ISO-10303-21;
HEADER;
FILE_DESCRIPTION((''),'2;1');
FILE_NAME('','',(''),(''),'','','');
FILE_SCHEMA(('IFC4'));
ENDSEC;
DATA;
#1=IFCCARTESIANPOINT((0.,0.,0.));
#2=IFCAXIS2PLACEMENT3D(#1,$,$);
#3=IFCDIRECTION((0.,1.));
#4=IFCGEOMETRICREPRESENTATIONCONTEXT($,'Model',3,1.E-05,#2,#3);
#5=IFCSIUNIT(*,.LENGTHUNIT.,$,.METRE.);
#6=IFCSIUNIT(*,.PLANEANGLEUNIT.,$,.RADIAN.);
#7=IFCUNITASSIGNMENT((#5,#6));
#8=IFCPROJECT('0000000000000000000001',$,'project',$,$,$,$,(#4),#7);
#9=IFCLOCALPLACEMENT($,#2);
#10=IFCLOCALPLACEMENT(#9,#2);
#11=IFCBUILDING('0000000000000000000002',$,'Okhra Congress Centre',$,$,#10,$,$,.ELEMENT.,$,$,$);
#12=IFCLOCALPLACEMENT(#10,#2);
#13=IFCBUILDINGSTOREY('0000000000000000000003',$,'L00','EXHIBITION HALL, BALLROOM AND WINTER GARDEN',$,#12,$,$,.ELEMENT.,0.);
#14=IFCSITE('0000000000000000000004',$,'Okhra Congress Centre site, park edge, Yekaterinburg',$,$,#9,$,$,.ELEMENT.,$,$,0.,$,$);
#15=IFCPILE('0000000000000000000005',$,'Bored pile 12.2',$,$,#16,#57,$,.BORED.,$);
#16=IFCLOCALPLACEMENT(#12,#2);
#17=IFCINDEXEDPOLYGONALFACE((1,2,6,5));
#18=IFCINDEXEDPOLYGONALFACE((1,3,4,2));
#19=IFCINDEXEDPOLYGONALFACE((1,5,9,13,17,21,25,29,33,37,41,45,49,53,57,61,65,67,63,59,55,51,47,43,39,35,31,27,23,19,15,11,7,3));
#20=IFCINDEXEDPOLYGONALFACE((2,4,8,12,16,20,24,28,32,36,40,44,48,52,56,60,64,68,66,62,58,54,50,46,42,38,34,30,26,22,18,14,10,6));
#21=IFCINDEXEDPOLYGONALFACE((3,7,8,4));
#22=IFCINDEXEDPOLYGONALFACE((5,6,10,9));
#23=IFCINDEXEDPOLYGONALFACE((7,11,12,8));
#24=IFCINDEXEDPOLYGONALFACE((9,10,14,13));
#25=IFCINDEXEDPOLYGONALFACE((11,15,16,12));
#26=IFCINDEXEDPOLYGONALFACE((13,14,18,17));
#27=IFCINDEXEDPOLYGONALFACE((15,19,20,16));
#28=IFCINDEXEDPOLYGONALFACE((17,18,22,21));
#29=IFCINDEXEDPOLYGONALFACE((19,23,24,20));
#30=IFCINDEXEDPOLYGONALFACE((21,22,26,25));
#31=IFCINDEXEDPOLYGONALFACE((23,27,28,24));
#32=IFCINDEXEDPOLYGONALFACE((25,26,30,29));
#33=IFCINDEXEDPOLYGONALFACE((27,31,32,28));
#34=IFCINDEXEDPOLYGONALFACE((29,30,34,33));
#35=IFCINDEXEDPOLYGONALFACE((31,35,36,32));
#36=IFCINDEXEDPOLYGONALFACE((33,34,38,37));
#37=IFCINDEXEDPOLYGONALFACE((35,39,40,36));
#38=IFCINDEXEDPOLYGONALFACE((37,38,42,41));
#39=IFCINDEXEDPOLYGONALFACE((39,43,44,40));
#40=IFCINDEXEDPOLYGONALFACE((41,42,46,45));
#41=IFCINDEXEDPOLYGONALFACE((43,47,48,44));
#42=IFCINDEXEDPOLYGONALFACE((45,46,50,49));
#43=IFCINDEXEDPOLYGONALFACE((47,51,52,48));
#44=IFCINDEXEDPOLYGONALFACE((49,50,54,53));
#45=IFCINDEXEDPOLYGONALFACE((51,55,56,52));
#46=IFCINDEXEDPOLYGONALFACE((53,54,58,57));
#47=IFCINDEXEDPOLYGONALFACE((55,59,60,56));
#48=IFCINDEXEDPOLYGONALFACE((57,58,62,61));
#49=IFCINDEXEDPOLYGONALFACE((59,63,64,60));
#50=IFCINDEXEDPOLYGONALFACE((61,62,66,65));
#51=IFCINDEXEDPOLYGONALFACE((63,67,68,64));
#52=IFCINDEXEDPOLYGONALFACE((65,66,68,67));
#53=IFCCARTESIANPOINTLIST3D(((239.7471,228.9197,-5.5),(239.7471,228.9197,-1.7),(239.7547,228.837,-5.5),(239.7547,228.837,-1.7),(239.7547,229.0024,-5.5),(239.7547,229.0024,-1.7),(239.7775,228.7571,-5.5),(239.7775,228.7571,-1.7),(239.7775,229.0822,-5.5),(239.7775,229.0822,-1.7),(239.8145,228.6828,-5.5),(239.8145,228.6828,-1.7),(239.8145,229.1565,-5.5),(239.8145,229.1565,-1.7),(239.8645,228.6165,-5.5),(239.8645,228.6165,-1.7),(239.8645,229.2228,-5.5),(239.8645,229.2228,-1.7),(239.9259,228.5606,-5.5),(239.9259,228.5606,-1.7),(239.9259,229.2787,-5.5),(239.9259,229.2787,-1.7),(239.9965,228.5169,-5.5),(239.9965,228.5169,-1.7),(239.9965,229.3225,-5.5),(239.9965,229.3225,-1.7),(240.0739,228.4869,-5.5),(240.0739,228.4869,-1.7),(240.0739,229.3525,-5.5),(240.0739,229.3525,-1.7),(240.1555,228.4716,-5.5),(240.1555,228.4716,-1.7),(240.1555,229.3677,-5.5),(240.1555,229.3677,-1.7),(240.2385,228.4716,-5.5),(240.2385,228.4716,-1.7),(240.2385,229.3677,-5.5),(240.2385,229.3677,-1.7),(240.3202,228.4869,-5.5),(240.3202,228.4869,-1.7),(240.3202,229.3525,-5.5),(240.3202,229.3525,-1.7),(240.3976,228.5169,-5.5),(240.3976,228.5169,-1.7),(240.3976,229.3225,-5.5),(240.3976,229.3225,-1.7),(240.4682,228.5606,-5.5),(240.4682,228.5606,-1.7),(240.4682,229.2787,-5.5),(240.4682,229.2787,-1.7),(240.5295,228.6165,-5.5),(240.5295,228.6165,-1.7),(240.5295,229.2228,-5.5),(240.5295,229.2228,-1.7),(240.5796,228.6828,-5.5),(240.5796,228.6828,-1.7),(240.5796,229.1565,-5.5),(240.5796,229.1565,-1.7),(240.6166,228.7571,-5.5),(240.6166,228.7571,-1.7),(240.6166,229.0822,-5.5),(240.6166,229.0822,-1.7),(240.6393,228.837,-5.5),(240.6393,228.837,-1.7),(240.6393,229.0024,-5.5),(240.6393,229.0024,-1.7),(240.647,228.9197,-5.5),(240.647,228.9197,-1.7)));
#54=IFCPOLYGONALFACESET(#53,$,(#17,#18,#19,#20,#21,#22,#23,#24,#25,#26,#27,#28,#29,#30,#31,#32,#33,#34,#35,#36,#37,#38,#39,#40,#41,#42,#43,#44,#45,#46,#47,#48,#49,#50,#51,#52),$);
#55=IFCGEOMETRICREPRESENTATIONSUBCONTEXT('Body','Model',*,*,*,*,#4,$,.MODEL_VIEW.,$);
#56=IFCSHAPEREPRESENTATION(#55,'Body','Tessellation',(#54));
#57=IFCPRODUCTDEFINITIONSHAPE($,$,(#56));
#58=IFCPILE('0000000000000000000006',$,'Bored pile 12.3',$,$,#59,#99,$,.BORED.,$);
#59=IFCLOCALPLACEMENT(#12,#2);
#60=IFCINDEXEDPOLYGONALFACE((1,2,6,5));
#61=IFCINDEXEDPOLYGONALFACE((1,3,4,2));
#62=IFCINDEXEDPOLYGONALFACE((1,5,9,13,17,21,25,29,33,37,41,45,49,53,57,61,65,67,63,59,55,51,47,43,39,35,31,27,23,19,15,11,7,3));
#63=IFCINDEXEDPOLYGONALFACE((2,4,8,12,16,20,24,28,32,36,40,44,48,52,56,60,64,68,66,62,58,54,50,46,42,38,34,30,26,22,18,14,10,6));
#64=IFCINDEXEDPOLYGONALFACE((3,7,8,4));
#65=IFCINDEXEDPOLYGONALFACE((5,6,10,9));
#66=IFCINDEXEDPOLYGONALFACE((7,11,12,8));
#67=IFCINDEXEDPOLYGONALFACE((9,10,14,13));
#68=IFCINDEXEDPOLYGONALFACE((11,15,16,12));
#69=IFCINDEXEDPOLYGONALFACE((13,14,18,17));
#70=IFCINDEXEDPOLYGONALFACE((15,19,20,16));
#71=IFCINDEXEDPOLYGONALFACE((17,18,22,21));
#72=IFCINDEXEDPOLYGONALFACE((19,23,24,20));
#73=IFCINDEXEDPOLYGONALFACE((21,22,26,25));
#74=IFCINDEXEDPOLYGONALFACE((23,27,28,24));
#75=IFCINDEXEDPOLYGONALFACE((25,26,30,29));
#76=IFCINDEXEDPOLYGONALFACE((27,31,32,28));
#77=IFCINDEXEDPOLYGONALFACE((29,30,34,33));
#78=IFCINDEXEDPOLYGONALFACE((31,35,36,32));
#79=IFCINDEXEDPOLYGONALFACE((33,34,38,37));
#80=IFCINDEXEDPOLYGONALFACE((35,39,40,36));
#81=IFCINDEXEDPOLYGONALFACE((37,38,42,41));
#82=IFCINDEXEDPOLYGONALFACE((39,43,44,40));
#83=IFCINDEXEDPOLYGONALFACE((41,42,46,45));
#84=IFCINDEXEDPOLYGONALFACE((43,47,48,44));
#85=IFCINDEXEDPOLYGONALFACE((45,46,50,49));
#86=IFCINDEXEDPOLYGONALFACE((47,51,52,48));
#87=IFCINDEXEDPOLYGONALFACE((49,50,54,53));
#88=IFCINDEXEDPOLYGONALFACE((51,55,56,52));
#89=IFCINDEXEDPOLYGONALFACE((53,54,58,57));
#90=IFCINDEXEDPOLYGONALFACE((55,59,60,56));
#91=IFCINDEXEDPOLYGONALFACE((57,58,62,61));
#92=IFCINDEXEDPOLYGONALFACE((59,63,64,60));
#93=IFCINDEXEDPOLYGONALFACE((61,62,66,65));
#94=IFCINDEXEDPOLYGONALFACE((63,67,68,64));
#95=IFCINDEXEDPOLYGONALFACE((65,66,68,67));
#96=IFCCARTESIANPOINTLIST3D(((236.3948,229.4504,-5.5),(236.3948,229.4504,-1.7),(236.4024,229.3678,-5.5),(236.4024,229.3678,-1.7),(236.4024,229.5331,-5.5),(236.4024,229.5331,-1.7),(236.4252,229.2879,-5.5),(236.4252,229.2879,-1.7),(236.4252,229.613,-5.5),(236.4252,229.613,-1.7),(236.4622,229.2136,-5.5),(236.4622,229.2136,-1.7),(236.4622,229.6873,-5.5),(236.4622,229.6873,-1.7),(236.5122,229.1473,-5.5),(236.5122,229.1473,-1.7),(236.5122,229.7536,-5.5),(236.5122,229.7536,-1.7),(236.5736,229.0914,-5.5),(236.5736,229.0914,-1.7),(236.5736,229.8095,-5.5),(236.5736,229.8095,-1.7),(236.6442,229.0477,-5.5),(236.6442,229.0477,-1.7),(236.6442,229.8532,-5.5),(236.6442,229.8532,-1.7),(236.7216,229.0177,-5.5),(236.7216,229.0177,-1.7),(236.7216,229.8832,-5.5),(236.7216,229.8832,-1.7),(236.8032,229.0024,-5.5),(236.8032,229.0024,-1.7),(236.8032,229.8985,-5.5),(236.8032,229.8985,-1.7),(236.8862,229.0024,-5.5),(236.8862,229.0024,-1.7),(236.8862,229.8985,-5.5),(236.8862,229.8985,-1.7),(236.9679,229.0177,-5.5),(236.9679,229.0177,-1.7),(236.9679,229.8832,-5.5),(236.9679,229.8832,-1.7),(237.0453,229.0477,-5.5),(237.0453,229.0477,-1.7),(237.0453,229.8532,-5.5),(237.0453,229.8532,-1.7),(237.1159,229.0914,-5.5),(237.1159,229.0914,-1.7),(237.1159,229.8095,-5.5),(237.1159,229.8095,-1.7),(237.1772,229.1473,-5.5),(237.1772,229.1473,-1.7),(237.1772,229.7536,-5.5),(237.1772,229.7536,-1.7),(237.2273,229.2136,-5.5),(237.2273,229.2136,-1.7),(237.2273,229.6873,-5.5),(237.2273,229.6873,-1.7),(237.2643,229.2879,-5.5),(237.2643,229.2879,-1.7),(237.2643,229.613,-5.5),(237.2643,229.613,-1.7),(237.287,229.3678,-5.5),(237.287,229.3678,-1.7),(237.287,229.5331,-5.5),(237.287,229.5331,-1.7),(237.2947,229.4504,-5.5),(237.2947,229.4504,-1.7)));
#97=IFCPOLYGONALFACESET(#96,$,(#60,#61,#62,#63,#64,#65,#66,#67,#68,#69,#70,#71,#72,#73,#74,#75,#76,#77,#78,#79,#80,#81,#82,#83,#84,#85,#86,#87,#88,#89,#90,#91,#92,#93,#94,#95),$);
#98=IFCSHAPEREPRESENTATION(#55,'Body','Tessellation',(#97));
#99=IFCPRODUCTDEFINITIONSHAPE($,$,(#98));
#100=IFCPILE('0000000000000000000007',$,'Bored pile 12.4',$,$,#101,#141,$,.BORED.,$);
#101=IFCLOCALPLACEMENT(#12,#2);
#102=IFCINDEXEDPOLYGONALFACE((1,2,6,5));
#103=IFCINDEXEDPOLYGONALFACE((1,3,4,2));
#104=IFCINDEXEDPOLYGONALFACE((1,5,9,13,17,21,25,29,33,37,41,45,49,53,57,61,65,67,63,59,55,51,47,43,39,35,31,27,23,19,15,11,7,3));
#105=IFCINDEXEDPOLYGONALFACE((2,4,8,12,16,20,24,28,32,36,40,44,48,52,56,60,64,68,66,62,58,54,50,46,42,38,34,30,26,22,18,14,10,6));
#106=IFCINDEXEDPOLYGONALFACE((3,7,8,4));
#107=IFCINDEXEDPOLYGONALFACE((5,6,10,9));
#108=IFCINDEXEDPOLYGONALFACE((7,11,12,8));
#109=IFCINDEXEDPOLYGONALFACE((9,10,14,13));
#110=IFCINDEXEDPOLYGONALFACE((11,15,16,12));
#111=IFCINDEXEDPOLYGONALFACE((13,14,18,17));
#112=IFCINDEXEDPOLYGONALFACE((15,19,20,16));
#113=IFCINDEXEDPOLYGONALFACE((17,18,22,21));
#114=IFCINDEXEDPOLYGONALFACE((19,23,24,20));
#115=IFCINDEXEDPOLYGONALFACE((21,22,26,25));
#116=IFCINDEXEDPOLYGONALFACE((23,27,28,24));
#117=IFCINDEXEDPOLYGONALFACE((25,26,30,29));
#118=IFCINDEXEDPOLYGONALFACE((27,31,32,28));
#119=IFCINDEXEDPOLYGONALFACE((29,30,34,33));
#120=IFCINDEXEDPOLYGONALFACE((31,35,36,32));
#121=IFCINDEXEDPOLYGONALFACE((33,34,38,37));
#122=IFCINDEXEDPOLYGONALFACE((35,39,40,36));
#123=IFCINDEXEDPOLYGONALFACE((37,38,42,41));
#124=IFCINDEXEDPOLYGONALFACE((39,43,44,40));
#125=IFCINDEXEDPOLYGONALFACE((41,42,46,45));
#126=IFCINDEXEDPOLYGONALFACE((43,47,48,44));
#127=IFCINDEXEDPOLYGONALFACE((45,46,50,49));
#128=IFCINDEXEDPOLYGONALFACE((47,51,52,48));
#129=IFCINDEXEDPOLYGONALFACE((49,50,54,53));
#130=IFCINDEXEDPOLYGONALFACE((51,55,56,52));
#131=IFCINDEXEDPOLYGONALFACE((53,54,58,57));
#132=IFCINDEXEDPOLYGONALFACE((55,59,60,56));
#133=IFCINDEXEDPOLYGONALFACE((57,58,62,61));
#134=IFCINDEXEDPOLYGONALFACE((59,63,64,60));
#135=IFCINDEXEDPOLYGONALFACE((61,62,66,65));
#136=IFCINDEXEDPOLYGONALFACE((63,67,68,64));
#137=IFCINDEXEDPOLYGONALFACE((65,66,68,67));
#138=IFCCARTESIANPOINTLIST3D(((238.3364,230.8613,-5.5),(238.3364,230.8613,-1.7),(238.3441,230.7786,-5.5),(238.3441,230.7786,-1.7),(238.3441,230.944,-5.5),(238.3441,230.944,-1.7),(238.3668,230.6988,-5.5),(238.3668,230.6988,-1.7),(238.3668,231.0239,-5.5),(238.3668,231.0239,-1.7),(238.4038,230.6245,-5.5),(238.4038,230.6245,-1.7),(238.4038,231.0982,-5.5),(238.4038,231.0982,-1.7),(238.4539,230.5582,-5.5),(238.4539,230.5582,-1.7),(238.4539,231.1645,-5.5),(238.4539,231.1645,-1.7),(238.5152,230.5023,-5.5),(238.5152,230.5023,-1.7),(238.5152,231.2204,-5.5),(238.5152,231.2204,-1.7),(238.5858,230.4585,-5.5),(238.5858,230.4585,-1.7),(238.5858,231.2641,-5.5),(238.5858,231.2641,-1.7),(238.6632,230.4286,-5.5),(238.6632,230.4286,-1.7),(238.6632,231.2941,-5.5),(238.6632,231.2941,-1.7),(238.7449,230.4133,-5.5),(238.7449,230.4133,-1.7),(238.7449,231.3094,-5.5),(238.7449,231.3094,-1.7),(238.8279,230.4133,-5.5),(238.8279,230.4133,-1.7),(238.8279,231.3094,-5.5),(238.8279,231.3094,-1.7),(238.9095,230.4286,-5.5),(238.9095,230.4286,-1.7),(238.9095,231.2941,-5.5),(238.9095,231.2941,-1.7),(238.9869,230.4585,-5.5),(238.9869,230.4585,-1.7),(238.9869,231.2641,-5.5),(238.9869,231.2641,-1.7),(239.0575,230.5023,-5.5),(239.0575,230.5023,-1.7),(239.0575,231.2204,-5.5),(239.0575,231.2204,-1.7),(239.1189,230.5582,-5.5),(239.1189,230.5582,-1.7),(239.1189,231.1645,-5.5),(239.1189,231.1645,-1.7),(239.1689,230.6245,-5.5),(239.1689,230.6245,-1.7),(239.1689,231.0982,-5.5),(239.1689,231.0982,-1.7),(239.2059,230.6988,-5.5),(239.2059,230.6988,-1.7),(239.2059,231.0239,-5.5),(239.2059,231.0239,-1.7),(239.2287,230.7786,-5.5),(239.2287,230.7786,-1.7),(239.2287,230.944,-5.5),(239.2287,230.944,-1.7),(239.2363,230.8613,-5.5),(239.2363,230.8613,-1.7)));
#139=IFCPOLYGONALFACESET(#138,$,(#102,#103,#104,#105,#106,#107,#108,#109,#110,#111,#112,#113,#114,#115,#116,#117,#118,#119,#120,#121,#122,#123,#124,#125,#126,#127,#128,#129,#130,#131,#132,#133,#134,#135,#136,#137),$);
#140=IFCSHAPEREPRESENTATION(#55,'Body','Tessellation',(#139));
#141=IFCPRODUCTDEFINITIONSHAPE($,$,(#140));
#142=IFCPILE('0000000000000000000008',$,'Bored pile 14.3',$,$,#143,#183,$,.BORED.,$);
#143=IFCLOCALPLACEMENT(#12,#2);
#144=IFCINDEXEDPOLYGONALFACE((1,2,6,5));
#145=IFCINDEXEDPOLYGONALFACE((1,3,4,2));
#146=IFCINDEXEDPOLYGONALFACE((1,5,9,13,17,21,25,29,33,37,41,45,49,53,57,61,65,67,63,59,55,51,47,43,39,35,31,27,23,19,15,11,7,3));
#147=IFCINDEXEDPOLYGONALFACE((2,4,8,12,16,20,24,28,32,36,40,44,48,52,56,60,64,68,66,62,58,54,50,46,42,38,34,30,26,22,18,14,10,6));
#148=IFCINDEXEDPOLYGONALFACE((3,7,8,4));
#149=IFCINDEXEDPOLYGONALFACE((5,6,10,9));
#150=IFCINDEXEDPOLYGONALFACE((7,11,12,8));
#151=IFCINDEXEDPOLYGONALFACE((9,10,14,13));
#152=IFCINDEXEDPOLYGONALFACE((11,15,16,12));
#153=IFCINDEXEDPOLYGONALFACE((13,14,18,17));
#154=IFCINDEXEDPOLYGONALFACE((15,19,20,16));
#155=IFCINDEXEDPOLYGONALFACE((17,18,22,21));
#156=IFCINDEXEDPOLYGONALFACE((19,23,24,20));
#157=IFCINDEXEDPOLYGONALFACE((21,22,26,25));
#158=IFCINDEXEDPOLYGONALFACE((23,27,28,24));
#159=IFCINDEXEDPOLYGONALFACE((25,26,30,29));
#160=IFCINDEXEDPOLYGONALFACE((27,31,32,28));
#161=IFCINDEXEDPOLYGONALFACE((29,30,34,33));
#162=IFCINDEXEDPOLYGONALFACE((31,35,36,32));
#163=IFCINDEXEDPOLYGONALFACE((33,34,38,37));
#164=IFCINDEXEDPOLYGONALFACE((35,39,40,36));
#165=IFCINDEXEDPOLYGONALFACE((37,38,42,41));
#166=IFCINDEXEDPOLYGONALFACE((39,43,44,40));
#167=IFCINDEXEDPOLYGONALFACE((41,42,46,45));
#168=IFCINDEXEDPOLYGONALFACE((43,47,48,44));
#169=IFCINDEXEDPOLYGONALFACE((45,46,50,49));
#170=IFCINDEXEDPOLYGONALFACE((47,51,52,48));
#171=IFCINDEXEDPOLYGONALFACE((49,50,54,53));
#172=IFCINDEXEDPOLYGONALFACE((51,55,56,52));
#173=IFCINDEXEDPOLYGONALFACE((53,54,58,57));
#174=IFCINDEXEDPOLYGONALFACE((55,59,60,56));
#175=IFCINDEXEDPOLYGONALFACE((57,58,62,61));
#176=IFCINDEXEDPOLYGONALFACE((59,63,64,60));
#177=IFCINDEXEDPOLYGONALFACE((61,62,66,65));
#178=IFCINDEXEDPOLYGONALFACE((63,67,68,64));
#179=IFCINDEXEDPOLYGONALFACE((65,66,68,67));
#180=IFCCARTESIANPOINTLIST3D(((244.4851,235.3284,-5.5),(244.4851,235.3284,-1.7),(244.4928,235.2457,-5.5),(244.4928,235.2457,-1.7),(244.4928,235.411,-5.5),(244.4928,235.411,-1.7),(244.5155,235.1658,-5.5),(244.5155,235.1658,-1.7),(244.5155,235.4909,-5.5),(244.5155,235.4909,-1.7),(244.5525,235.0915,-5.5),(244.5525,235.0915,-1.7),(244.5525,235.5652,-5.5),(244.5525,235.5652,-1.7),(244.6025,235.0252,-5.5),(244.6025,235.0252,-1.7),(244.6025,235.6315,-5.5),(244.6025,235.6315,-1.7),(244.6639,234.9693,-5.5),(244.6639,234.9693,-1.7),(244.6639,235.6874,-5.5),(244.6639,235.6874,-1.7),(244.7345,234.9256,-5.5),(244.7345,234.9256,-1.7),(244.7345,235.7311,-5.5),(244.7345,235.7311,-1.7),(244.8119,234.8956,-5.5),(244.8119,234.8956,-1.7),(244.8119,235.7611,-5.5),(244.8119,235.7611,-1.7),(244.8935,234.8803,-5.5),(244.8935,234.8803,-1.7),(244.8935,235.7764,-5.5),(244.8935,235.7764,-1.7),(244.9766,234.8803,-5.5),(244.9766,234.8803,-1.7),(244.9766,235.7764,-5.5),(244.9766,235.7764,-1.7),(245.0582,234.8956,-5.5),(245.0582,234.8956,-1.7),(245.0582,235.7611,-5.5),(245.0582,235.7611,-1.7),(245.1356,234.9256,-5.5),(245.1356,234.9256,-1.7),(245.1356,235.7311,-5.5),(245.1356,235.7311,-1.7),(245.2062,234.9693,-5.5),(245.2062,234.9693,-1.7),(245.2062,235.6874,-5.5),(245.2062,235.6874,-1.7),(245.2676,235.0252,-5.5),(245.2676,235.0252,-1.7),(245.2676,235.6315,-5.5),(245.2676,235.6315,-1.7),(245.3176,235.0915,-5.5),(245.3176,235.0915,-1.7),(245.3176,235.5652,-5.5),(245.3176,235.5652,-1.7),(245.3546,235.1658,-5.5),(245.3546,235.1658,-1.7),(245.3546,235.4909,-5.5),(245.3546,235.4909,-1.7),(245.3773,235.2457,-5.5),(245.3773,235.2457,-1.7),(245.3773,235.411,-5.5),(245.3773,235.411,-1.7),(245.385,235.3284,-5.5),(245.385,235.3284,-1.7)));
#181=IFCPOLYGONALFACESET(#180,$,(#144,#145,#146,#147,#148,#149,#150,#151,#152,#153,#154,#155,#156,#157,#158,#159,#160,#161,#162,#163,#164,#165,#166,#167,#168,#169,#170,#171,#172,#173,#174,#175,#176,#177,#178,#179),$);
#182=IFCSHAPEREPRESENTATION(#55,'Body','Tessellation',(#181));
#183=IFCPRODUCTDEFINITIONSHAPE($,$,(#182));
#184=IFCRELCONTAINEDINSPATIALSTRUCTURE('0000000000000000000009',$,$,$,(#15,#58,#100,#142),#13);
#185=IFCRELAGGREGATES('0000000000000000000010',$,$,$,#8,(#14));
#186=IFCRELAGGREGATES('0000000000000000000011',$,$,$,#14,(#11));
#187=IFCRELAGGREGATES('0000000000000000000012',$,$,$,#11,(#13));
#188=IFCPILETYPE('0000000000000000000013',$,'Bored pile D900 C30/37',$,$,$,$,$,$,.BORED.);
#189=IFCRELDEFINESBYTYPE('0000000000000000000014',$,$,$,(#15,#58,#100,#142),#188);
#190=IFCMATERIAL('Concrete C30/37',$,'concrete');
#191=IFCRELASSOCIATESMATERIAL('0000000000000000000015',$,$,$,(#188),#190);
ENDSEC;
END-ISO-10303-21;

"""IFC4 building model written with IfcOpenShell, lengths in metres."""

from ifc_helpers import new_model, si_unit, direction, frame, origin, origin_2d, place, context, subcontext, project, spatial, circle, extrude, material, material_profile, profile_set, type_object, element, save


model = new_model("IFC4")

# Units and contexts
model_context = context("Model", 3, precision=1e-05, world=origin(), true_north=direction((0.0, 1.0)))
body_context = subcontext(model_context, "Body", "Model", "MODEL_VIEW")
ifc_project = project(units=[si_unit("LENGTHUNIT", "METRE"), si_unit("PLANEANGLEUNIT", "RADIAN")], contexts=[model_context])

# Site, building, storey
site_placement = place(None, origin())
site = spatial("IfcSite", under=ifc_project, at=site_placement, Name="Okhra Congress Centre site, park edge, Yekaterinburg", CompositionType="ELEMENT", RefElevation=0.0)
building_placement = place(site_placement, origin())
building = spatial("IfcBuilding", under=site, at=building_placement, Name="Okhra Congress Centre", CompositionType="ELEMENT")
storey_placement = place(building_placement, origin())
storey = spatial("IfcBuildingStorey", under=building, at=storey_placement, Name="L00", Description="EXHIBITION HALL, BALLROOM AND WINTER GARDEN", CompositionType="ELEMENT", Elevation=0.0)

# Piles
ifc_material_1 = material(Name="Concrete C30/37", Category="concrete")
ifc_material_profile_1 = material_profile(ifc_material_1, circle(Radius=0.45, at=origin_2d()), Name="D900")
ifc_profile_set_1 = profile_set([ifc_material_profile_1], Name="Concrete C30/37")
pile_type = type_object("IfcPileType", Name="Bored pile D900 C30/37", PredefinedType="BORED", material=ifc_profile_set_1)
for number, where, z_axis, x_axis, name in (
    (1, (240.197, 228.9197, -1.7), (0.0, 0.0, -1.0), (1.0, 0.0, 0.0), "Bored pile 12.2"),
    (2, (236.8447, 229.4504, -1.7), (0.0, 0.0, -1.0), (1.0, 0.0, 0.0), "Bored pile 12.3"),
    (3, (238.7864, 230.8613, -1.7), (0.0, 0.0, -1.0), (1.0, 0.0, 0.0), "Bored pile 12.4"),
    (4, (244.9351, 235.3284, -1.7), (0.0, 0.0, -1.0), (1.0, 0.0, 0.0), "Bored pile 14.3"),
):
    element("IfcPile", number, at=place(storey_placement, frame(where, z_axis=z_axis, x_axis=x_axis)), inside=storey, type_object=pile_type, Name=name, PredefinedType="BORED", context=body_context, shape_type="SweptSolid", body=[
        extrude(circle(Radius=0.45, at=origin_2d()), origin(), (0.0, 0.0, 1.0), 3.8),
    ])

save(model, "model.ifc")
